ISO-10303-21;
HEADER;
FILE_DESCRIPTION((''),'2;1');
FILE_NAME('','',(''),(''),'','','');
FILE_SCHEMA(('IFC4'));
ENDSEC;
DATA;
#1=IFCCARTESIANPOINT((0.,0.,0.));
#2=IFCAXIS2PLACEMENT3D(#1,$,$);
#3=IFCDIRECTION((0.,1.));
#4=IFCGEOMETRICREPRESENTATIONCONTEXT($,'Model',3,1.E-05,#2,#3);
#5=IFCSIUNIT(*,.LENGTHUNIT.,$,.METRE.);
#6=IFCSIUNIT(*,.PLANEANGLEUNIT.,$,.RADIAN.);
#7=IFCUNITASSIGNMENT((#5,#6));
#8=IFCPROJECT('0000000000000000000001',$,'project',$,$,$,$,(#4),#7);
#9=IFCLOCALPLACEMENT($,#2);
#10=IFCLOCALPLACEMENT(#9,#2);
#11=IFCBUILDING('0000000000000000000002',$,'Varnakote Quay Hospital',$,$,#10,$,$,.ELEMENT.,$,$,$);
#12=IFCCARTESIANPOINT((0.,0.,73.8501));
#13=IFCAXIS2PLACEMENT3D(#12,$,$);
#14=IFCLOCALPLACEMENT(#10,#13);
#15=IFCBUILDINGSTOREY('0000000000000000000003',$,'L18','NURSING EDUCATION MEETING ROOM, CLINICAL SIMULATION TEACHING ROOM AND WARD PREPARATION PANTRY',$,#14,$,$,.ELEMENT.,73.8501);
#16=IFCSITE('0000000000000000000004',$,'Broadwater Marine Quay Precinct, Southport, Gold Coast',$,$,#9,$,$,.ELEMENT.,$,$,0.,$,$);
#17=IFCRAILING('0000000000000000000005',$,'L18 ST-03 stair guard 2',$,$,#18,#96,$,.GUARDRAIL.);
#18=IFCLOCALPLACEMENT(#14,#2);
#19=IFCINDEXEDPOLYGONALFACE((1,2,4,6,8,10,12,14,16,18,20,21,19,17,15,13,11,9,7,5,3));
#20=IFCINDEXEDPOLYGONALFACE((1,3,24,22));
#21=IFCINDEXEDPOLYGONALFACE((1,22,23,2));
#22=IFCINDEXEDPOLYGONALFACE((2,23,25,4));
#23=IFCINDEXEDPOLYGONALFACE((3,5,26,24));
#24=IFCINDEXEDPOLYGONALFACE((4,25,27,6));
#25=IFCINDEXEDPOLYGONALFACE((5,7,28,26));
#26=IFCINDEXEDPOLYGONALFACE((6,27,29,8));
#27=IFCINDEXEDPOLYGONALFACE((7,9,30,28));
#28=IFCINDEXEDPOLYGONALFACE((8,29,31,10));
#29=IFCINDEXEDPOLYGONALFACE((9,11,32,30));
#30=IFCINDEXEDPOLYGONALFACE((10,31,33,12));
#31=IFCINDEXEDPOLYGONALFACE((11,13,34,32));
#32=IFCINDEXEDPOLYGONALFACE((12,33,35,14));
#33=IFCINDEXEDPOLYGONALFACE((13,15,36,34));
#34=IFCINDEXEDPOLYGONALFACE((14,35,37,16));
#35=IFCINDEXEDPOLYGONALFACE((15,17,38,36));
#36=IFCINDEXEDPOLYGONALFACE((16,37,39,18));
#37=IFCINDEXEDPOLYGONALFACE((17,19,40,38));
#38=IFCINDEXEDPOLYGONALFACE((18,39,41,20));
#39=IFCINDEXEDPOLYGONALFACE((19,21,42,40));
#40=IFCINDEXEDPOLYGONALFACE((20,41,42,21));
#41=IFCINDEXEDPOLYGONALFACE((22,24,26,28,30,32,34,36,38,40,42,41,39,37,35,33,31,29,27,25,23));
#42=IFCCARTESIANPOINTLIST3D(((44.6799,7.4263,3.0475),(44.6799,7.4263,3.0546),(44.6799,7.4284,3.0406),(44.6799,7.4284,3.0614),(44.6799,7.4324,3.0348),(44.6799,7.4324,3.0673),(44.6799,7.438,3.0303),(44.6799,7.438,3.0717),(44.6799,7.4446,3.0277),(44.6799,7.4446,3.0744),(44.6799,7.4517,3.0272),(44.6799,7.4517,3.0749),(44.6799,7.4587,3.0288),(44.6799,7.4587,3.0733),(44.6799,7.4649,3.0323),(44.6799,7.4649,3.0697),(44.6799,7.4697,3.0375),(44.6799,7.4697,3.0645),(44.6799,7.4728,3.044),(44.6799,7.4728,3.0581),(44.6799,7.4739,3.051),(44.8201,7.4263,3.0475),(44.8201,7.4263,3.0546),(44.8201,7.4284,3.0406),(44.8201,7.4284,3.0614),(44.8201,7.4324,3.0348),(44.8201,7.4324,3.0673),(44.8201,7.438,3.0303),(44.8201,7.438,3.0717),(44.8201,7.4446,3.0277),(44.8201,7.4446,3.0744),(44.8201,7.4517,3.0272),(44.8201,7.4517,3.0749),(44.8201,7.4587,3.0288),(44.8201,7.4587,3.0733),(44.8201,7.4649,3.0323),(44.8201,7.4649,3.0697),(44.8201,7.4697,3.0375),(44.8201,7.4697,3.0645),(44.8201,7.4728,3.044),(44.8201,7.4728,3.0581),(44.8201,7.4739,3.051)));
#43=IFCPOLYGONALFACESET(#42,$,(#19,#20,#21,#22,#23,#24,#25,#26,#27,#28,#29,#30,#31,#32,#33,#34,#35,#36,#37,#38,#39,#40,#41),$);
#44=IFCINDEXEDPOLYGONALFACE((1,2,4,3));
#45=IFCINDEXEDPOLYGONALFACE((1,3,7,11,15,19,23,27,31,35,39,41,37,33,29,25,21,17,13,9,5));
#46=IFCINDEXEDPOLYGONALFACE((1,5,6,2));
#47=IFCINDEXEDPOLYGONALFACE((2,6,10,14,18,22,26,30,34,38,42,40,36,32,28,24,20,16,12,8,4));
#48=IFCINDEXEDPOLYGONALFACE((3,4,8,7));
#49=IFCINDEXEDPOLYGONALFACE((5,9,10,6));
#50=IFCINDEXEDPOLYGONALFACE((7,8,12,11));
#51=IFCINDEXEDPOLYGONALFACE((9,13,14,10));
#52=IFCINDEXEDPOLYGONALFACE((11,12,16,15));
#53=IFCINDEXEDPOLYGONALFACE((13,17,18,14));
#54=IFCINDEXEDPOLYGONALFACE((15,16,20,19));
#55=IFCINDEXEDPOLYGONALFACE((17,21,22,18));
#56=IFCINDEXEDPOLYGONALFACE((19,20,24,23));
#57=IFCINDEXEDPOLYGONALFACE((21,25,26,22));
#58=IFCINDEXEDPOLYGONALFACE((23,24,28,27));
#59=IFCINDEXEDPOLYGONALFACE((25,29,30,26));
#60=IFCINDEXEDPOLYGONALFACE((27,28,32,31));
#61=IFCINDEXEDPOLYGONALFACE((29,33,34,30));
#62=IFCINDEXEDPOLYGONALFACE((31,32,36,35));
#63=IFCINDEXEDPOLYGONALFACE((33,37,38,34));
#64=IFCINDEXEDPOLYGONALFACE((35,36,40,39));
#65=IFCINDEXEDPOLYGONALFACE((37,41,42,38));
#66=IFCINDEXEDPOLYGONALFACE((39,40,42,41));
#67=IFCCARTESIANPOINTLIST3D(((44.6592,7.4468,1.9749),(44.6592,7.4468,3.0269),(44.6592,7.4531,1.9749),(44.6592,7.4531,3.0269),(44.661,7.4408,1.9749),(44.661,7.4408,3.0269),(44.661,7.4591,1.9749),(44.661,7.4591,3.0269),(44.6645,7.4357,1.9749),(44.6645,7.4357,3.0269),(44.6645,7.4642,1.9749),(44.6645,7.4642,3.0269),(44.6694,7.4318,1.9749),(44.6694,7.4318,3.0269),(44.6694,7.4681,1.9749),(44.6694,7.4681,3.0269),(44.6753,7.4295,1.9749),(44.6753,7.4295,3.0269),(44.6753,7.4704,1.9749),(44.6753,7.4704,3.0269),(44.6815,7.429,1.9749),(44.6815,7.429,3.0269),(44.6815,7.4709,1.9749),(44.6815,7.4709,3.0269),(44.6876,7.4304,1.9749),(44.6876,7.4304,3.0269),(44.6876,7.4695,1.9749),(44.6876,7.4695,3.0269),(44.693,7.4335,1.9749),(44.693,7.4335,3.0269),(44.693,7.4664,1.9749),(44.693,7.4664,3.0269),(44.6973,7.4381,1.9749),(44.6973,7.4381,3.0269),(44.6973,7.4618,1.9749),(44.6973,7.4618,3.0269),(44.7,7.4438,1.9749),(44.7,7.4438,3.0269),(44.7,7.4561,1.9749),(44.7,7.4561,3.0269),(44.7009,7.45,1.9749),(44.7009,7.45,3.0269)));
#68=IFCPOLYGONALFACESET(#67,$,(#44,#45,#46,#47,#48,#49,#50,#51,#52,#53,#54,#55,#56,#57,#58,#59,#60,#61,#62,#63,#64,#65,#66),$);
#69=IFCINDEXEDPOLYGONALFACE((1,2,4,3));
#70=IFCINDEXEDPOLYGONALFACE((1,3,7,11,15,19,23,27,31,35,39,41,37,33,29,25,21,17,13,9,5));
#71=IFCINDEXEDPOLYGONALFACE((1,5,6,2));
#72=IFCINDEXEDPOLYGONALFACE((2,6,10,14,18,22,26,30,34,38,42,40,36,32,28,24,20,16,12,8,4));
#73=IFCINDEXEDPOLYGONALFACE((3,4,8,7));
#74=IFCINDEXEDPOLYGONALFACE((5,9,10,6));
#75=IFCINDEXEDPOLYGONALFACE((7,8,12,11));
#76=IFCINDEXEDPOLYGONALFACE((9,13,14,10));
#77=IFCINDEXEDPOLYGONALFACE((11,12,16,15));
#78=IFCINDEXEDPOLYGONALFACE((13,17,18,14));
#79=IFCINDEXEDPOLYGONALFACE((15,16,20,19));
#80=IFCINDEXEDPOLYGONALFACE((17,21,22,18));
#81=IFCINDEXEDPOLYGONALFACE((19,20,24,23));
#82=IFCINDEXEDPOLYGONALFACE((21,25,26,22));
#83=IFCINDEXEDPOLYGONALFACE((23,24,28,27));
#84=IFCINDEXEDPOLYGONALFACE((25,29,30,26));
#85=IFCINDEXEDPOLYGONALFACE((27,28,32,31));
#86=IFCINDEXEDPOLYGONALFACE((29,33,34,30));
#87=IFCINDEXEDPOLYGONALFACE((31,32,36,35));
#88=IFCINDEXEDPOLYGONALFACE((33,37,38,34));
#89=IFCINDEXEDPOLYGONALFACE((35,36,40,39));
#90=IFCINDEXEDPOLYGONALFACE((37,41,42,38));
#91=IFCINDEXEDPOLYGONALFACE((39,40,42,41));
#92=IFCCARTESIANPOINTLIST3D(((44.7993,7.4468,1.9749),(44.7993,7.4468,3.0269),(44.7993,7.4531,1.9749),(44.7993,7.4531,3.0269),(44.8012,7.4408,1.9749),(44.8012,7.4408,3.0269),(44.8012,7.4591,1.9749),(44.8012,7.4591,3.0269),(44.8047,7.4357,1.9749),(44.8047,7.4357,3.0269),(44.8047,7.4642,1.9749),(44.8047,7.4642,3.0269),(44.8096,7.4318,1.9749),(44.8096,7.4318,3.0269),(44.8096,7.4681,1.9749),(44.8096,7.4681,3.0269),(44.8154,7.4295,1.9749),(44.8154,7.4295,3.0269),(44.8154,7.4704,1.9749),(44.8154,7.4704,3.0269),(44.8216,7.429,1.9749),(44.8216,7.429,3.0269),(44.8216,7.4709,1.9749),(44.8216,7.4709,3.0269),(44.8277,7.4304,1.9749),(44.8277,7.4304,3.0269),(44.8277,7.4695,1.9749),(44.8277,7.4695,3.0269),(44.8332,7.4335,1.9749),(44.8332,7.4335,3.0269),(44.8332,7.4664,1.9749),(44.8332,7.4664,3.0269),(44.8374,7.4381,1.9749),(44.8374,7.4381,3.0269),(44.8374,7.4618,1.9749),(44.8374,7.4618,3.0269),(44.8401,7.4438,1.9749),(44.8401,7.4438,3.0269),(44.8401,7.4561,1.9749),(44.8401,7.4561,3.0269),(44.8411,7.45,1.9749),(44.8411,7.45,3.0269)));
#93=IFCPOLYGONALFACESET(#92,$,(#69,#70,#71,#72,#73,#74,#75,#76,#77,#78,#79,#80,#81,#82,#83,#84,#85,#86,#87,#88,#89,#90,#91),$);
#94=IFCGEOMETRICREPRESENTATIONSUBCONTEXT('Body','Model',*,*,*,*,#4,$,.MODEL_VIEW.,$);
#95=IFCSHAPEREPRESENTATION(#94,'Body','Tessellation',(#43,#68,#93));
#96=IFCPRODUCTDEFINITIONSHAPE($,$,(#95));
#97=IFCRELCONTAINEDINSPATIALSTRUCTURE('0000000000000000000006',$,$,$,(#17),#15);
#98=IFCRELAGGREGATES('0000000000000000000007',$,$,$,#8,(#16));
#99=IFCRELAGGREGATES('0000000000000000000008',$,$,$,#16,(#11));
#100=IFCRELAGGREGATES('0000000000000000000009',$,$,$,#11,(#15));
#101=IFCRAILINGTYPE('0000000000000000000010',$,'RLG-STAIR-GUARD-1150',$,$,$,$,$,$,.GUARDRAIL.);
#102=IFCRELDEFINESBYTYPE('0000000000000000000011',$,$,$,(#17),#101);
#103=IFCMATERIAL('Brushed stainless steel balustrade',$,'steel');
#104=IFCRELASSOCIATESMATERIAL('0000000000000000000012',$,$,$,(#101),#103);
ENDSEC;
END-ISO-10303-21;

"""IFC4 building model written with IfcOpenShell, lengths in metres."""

from ifc_helpers import new_model, si_unit, direction, frame, origin, origin_2d, place, context, subcontext, project, spatial, circle, extrude, material, type_object, element, save


model = new_model("IFC4")

# Units and contexts
model_context = context("Model", 3, precision=1e-05, world=origin(), true_north=direction((0.0, 1.0)))
body_context = subcontext(model_context, "Body", "Model", "MODEL_VIEW")
ifc_project = project(units=[si_unit("LENGTHUNIT", "METRE"), si_unit("PLANEANGLEUNIT", "RADIAN")], contexts=[model_context])

# Site, building, storey
site_placement = place(None, origin())
site = spatial("IfcSite", under=ifc_project, at=site_placement, Name="Broadwater Marine Quay Precinct, Southport, Gold Coast", CompositionType="ELEMENT", RefElevation=0.0)
building_placement = place(site_placement, origin())
building = spatial("IfcBuilding", under=site, at=building_placement, Name="Varnakote Quay Hospital", CompositionType="ELEMENT")
storey_placement = place(building_placement, frame((0.0, 0.0, 73.8501)))
storey = spatial("IfcBuildingStorey", under=building, at=storey_placement, Name="L18", Description="NURSING EDUCATION MEETING ROOM, CLINICAL SIMULATION TEACHING ROOM AND WARD PREPARATION PANTRY", CompositionType="ELEMENT", Elevation=73.8501)

# Railing
ifc_material_1 = material(Name="Brushed stainless steel balustrade", Category="steel")
railing_type_1 = type_object("IfcRailingType", Name="RLG-STAIR-GUARD-1150", PredefinedType="GUARDRAIL", material=ifc_material_1)
railing_1_placement = place(storey_placement, frame((44.6799, 7.45, 1.9749)))
element("IfcRailing", 1, at=railing_1_placement, inside=storey, type_object=railing_type_1, Name="L18 ST-03 stair guard 2", PredefinedType="GUARDRAIL", context=body_context, shape_type="SweptSolid", body=[
    extrude(circle(Radius=0.0239, at=origin_2d()), frame((0.0, 0.0, 1.0762), z_axis=(1.0, 0.0, 0.0), x_axis=(0.0, 1.0, 0.0)), (0.0, 0.0, 1.0), 0.1401),
    extrude(circle(Radius=0.021, at=origin_2d()), origin(), (0.0, 0.0, 1.0), 1.052),
    extrude(circle(Radius=0.021, at=origin_2d()), frame((0.1401, 0.0, 0.0)), (0.0, 0.0, 1.0), 1.052),
])

save(model, "model.ifc")
